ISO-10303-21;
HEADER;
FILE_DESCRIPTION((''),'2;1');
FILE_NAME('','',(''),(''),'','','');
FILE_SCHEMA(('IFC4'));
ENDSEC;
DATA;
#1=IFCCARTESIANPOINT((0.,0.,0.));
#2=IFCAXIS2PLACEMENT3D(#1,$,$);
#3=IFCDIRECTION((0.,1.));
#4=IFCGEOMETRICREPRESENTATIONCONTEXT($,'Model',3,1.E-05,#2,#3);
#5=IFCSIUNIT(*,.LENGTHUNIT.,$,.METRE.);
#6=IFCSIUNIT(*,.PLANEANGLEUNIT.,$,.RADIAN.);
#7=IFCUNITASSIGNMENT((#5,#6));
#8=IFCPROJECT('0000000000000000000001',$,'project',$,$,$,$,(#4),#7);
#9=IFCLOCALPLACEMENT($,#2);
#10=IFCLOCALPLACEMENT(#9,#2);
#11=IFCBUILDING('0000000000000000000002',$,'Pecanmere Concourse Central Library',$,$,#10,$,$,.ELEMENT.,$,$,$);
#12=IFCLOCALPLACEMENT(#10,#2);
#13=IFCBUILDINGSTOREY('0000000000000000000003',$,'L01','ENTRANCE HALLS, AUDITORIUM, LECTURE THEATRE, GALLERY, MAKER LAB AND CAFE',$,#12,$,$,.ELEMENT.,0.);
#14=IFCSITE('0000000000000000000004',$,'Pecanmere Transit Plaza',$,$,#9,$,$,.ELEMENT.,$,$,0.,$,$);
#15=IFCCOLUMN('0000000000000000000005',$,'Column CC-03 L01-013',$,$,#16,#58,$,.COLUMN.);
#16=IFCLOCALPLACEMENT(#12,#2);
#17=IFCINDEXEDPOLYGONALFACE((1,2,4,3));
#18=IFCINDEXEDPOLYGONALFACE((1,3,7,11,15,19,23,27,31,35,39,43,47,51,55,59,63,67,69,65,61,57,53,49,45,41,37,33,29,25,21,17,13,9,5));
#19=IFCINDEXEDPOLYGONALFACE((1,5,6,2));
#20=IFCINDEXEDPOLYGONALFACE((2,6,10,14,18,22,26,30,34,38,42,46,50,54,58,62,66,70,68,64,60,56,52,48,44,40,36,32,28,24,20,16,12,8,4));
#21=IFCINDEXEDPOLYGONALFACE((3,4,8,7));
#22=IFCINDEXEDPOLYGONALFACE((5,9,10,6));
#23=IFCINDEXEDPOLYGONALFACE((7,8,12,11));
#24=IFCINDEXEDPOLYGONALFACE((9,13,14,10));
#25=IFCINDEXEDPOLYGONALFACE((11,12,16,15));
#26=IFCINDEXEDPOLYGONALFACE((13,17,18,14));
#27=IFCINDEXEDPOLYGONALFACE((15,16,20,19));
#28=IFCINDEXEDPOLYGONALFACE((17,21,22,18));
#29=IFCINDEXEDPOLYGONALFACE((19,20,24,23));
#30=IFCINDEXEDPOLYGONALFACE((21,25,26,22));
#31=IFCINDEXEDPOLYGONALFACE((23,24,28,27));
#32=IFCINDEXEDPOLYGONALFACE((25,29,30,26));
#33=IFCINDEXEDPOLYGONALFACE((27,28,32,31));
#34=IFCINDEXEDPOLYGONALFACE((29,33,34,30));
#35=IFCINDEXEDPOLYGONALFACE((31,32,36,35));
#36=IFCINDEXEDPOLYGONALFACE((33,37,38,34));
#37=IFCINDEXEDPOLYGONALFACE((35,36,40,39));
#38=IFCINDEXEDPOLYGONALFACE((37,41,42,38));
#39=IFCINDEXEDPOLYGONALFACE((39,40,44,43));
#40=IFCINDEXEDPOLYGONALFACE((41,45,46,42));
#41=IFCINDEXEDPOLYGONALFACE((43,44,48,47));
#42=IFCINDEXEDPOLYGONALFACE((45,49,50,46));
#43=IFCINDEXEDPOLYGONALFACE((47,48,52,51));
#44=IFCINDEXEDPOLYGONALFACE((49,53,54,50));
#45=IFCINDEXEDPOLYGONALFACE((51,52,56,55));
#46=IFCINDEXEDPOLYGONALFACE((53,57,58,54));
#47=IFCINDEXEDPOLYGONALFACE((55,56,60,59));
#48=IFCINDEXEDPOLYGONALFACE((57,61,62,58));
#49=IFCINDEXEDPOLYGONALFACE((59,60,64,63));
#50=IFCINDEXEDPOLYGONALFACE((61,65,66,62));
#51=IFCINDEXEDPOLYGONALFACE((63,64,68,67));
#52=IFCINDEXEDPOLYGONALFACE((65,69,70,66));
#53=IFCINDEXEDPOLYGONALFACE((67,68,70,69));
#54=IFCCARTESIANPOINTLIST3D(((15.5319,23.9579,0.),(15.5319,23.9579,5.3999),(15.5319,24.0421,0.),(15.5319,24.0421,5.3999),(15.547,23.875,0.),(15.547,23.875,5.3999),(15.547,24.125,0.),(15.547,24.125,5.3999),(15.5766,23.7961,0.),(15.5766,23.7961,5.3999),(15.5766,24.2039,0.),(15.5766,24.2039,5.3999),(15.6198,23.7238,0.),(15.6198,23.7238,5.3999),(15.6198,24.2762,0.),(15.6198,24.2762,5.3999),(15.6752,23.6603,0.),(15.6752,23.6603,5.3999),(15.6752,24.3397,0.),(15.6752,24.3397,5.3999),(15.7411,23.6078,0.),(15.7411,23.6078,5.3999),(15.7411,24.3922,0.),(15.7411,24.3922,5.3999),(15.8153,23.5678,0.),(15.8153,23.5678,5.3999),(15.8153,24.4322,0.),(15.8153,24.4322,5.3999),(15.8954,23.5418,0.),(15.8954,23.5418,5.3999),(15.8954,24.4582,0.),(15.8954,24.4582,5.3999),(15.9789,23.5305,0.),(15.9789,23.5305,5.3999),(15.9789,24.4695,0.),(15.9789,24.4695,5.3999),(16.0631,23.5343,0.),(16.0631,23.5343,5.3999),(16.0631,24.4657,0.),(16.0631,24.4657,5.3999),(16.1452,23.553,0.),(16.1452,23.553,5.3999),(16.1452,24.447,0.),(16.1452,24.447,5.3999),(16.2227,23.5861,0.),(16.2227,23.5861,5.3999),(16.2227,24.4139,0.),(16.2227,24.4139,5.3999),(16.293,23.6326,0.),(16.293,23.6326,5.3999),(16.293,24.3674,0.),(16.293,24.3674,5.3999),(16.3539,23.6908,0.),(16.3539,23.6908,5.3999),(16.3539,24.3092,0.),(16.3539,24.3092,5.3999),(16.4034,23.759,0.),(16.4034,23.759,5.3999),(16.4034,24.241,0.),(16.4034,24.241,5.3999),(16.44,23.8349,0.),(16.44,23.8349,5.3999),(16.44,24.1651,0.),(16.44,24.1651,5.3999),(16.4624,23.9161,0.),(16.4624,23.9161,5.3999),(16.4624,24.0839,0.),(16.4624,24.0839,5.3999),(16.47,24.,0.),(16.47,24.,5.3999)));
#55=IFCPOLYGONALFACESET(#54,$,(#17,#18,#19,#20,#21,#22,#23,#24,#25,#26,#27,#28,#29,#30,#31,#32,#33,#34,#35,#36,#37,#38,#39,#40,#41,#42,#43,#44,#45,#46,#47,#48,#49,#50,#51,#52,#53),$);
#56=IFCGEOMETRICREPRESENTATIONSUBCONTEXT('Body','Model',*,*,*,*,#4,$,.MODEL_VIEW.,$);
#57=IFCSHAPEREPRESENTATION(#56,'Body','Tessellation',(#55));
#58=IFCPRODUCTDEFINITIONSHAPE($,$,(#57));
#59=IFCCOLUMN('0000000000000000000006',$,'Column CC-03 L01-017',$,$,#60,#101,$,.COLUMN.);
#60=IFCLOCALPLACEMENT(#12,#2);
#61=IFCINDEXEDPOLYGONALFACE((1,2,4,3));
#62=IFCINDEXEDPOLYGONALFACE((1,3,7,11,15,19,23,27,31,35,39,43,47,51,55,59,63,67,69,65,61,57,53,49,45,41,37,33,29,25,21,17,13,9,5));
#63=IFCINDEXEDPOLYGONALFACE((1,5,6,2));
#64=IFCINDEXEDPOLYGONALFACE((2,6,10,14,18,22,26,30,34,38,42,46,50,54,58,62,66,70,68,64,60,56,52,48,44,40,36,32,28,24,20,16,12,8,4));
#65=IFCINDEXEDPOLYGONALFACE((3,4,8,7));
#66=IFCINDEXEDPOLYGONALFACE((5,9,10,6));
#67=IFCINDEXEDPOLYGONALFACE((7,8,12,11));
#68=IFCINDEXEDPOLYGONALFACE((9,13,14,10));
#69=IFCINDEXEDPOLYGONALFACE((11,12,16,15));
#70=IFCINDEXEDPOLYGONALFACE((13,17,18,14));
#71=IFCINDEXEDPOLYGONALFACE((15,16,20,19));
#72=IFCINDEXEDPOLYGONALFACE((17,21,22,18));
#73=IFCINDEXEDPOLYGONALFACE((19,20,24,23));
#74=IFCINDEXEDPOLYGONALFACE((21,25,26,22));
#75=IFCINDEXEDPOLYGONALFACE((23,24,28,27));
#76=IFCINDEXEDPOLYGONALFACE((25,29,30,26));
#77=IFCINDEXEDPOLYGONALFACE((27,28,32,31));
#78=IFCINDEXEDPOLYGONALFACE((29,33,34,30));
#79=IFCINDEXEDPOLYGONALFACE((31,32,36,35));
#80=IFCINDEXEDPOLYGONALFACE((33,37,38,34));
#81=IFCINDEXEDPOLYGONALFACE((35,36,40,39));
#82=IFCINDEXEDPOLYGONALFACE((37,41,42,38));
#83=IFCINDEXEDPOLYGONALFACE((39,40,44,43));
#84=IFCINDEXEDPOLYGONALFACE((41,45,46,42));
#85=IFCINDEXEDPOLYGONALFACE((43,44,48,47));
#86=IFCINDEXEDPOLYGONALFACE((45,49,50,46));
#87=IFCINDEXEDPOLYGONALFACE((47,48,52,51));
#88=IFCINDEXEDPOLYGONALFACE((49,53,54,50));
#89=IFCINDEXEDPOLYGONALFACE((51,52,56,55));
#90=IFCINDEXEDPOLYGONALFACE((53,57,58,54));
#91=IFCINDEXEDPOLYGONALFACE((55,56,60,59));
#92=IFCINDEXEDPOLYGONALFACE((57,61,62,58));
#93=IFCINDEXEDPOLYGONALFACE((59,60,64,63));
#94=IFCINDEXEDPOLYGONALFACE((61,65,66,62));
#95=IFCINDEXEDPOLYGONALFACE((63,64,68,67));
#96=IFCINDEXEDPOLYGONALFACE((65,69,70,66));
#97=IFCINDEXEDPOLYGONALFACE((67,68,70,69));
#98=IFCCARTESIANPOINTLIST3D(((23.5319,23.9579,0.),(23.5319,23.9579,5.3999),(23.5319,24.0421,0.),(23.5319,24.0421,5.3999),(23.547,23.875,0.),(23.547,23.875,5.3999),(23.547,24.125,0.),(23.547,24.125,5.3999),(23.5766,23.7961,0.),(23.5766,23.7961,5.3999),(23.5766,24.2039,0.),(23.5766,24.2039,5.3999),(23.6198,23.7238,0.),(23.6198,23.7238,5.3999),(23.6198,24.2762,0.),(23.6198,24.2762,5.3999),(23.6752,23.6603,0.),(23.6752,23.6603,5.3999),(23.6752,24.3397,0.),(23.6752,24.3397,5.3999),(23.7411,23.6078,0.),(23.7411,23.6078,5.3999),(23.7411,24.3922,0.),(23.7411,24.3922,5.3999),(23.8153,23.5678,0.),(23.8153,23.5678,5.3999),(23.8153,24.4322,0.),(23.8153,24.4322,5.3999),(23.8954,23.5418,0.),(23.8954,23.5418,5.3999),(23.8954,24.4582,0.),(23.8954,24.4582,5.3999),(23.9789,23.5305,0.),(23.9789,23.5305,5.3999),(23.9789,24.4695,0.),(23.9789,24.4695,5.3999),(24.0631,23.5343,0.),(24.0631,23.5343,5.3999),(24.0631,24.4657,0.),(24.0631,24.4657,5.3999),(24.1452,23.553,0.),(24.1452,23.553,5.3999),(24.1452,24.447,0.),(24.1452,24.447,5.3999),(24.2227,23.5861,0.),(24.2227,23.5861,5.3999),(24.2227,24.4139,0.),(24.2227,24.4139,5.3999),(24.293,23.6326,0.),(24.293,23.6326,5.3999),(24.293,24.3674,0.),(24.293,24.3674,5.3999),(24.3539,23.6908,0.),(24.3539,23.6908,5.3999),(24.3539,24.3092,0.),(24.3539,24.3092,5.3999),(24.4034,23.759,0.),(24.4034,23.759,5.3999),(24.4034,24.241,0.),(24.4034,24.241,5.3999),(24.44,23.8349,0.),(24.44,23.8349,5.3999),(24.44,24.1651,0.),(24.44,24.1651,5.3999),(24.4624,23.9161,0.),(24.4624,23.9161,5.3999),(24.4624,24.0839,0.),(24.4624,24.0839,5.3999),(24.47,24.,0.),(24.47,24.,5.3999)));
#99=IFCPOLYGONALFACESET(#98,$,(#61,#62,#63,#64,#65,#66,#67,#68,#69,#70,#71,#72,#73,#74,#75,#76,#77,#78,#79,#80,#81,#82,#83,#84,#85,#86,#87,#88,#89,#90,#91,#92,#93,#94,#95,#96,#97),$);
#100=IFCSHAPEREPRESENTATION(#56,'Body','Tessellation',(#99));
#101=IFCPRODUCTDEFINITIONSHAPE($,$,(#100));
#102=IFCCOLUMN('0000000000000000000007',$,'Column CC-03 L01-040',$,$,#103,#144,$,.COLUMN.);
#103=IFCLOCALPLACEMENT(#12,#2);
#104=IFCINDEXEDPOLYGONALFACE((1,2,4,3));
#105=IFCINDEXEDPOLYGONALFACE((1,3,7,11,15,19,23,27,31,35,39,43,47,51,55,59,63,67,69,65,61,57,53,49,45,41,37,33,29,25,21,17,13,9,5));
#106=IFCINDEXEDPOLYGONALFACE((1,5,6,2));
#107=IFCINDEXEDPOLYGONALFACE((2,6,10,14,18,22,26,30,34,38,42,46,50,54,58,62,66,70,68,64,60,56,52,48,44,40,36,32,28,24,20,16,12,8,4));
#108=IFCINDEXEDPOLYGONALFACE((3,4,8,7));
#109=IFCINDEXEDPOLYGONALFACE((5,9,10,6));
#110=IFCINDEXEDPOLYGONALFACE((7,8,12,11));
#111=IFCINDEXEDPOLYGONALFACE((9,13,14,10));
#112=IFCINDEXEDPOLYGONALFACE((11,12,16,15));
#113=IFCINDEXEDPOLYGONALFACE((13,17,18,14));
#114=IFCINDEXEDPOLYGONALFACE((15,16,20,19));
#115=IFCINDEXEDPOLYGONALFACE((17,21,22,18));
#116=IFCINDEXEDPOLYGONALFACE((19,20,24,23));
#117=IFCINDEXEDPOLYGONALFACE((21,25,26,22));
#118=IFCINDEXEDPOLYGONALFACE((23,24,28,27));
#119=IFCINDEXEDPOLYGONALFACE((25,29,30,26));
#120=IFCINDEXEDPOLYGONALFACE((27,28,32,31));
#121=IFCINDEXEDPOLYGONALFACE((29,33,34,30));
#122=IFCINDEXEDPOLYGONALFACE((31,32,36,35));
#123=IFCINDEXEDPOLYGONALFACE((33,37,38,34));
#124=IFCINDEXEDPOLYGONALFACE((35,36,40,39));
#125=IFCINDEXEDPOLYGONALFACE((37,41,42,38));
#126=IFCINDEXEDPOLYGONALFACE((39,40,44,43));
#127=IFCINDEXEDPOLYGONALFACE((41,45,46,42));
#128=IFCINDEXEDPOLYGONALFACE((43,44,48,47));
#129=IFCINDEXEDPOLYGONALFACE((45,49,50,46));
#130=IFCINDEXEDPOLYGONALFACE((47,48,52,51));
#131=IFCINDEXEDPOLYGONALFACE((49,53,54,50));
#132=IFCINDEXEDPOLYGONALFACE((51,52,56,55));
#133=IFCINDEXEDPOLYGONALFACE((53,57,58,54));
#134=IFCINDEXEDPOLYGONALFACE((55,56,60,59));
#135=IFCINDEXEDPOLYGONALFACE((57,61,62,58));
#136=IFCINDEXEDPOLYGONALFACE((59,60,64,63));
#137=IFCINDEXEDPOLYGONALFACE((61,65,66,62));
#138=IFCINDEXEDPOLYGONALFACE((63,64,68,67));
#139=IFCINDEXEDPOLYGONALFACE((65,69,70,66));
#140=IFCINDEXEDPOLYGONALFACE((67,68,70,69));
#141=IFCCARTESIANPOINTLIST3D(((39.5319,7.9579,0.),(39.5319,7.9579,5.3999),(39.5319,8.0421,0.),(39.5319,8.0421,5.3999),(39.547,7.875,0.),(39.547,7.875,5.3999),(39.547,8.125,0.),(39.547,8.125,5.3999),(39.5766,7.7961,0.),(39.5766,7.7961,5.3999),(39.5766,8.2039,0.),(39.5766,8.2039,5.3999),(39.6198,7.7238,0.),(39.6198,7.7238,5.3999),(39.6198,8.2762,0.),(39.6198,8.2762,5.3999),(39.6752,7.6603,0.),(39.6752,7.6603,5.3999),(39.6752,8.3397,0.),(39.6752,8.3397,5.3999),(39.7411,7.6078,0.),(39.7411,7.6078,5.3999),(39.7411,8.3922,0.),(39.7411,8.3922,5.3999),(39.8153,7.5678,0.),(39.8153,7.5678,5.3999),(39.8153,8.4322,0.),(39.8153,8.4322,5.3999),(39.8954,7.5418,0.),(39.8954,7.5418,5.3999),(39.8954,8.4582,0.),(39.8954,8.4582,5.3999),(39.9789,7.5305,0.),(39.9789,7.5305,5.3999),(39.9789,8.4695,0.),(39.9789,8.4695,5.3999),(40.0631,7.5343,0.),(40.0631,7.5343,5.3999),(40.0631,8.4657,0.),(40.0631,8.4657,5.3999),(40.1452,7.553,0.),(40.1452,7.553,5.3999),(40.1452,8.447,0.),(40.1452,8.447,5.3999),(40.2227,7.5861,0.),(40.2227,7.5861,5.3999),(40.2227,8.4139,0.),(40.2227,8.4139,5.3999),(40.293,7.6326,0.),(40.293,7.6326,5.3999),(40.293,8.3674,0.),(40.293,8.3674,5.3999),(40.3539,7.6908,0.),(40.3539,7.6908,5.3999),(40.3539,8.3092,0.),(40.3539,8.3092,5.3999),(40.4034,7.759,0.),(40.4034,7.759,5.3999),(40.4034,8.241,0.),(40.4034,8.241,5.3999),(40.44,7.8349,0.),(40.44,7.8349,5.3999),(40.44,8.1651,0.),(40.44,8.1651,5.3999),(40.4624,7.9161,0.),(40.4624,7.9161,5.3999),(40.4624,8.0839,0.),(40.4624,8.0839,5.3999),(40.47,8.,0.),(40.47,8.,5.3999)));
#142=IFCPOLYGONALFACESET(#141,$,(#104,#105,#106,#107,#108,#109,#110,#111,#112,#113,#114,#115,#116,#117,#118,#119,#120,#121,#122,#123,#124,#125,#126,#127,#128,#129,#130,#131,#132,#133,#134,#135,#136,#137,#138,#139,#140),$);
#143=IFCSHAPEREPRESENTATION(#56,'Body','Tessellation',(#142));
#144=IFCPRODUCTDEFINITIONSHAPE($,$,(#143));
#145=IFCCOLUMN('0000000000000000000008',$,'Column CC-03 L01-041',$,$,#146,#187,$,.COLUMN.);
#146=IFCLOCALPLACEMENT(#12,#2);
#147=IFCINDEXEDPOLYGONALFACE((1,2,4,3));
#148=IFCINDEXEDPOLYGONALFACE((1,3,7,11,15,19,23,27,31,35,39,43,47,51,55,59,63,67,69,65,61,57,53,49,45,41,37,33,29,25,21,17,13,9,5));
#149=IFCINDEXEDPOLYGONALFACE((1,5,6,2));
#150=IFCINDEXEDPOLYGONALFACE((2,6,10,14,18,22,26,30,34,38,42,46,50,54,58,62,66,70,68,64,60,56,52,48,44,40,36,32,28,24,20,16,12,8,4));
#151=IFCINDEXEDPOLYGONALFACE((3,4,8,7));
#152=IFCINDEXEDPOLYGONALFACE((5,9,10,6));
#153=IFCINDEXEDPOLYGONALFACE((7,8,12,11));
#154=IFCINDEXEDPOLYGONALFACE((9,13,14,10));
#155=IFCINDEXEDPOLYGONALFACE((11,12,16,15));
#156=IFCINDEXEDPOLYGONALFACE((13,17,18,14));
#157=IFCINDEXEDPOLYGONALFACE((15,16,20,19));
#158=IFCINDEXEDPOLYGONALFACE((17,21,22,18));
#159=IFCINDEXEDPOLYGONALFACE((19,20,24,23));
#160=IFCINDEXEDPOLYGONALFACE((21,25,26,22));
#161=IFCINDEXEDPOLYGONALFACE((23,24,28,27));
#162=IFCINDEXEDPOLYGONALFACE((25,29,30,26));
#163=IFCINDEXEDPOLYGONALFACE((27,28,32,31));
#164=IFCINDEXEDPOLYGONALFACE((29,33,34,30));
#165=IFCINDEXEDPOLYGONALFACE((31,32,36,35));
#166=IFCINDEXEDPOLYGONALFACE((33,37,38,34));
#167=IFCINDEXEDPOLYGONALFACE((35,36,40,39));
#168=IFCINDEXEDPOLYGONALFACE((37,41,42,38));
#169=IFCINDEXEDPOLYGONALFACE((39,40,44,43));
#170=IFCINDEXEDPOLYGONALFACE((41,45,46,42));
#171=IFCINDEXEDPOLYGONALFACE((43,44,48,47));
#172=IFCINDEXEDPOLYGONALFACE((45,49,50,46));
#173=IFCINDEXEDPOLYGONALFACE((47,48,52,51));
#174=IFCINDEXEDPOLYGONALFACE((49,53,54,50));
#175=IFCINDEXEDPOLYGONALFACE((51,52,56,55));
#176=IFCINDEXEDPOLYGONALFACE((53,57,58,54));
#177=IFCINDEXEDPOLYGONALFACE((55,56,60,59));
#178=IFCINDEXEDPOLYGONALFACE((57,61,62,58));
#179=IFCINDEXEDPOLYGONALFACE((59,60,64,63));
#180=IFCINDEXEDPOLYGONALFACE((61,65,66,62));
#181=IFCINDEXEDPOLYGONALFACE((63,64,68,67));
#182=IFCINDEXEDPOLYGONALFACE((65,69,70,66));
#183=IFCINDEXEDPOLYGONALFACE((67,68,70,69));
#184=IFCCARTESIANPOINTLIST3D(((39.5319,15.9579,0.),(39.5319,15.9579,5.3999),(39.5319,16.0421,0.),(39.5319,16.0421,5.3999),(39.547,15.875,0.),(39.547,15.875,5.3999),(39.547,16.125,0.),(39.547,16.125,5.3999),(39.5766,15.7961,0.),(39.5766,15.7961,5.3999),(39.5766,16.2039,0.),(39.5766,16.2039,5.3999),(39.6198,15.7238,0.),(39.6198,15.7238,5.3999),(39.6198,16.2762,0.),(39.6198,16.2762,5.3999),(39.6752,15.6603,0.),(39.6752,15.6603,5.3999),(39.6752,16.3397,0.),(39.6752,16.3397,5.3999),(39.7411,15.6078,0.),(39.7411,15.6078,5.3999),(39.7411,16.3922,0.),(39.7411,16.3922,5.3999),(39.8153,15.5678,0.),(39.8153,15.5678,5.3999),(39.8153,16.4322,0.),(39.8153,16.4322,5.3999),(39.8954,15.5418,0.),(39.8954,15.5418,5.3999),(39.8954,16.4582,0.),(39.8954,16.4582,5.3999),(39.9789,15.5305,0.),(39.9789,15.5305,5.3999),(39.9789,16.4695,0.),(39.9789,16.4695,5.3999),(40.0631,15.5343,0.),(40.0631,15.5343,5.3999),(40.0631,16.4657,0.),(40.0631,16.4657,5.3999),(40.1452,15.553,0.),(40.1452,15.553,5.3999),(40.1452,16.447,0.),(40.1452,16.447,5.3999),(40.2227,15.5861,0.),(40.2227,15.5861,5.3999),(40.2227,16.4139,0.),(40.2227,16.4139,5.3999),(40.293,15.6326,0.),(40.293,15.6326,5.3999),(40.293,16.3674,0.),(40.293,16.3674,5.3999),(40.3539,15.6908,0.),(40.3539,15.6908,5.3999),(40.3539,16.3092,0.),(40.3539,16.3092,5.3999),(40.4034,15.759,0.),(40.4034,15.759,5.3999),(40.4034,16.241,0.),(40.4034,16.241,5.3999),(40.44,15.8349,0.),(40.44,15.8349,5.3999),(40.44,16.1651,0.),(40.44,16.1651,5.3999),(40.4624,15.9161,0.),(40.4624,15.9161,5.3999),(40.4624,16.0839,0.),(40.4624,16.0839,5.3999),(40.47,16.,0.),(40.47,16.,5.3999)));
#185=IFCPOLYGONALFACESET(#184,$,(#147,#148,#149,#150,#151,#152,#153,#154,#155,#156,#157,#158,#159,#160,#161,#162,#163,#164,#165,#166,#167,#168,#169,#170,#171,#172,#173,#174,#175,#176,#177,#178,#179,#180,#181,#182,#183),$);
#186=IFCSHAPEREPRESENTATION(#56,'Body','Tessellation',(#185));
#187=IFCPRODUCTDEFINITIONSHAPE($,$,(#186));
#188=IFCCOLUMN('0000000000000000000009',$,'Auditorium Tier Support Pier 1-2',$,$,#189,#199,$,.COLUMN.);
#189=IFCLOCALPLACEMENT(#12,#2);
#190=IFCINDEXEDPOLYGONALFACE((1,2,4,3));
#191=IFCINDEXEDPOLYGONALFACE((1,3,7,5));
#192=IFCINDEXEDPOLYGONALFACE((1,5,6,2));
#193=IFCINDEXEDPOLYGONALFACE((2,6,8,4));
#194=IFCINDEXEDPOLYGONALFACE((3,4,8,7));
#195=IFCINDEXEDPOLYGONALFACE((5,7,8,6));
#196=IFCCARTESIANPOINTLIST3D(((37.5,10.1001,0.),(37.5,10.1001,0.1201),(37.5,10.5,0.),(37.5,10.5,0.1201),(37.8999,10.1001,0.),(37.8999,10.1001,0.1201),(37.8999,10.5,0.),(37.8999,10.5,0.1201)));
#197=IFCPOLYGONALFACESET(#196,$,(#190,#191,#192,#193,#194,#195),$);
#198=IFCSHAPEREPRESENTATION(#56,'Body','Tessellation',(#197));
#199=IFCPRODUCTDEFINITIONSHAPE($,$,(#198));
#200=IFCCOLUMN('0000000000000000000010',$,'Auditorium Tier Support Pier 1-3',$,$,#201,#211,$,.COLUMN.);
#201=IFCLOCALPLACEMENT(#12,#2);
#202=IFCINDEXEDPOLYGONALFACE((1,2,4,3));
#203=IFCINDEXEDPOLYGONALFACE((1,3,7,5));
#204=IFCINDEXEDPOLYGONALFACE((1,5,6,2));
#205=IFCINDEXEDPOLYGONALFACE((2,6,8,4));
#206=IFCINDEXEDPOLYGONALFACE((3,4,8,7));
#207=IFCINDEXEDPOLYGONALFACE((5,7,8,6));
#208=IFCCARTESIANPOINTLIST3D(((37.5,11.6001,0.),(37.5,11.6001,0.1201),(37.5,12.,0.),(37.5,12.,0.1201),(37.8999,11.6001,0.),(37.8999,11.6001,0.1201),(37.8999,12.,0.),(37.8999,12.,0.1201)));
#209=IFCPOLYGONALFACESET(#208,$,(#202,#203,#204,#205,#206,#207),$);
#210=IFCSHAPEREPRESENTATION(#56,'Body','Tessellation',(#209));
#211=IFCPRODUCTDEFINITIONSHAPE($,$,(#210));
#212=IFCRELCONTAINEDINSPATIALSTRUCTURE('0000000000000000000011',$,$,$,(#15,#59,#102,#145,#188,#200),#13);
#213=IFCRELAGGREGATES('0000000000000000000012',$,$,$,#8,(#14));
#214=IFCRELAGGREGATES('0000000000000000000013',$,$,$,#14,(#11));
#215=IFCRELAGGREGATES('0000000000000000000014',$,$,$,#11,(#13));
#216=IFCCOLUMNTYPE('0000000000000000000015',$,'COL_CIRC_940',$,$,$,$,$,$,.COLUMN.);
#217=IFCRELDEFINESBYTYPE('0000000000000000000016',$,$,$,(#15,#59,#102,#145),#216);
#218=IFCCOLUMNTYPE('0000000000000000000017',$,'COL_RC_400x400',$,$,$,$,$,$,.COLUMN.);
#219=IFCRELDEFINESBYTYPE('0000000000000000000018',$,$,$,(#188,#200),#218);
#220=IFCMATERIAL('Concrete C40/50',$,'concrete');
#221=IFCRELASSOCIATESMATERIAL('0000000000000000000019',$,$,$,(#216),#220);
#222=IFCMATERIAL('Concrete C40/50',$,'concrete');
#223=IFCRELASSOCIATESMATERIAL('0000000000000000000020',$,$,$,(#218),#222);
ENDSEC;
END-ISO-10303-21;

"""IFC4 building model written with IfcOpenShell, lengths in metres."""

from ifc_helpers import new_model, si_unit, direction, frame, origin, origin_2d, place, context, subcontext, project, spatial, rectangle, circle, extrude, material, material_profile, profile_set, type_object, element, save


model = new_model("IFC4")

# Units and contexts
model_context = context("Model", 3, precision=1e-05, world=origin(), true_north=direction((0.0, 1.0)))
body_context = subcontext(model_context, "Body", "Model", "MODEL_VIEW")
ifc_project = project(units=[si_unit("LENGTHUNIT", "METRE"), si_unit("PLANEANGLEUNIT", "RADIAN")], contexts=[model_context])

# Site, building, storey
site_placement = place(None, origin())
site = spatial("IfcSite", under=ifc_project, at=site_placement, Name="Pecanmere Transit Plaza", CompositionType="ELEMENT", RefElevation=0.0)
building_placement = place(site_placement, origin())
building = spatial("IfcBuilding", under=site, at=building_placement, Name="Pecanmere Concourse Central Library", CompositionType="ELEMENT")
storey_placement = place(building_placement, origin())
storey = spatial("IfcBuildingStorey", under=building, at=storey_placement, Name="L01", Description="ENTRANCE HALLS, AUDITORIUM, LECTURE THEATRE, GALLERY, MAKER LAB AND CAFE", CompositionType="ELEMENT", Elevation=0.0)

# Columns
ifc_material_1 = material(Name="Concrete C40/50", Category="concrete")
ifc_material_profile_1 = material_profile(ifc_material_1, circle(Radius=0.47, at=origin_2d()), Name="RC D940")
ifc_profile_set_1 = profile_set([ifc_material_profile_1], Name="Concrete C40/50")
column_type_1 = type_object("IfcColumnType", Name="COL_CIRC_940", PredefinedType="COLUMN", material=ifc_profile_set_1)
for number, where, z_axis, x_axis, name in (
    (1, (16.0, 24.0, 0.0), (0.0, 0.0, 1.0), (1.0, 0.0, 0.0), "Column CC-03 L01-013"),
    (2, (24.0, 24.0, 0.0), (0.0, 0.0, 1.0), (1.0, 0.0, 0.0), "Column CC-03 L01-017"),
    (3, (40.0, 8.0, 0.0), (0.0, 0.0, 1.0), (1.0, 0.0, 0.0), "Column CC-03 L01-040"),
    (4, (40.0, 16.0, 0.0), (0.0, 0.0, 1.0), (1.0, 0.0, 0.0), "Column CC-03 L01-041"),
):
    element("IfcColumn", number, at=place(storey_placement, frame(where, z_axis=z_axis, x_axis=x_axis)), inside=storey, type_object=column_type_1, Name=name, PredefinedType="COLUMN", context=body_context, shape_type="SweptSolid", body=[
        extrude(circle(Radius=0.47, at=origin_2d()), origin(), (0.0, 0.0, 1.0), 5.3999),
    ])
ifc_material_2 = material(Name="Concrete C40/50", Category="concrete")
ifc_material_profile_2 = material_profile(ifc_material_2, rectangle(XDim=0.3999, YDim=0.3999, at=origin_2d()), Name="RC 400x400")
ifc_profile_set_2 = profile_set([ifc_material_profile_2], Name="Concrete C40/50")
column_type_2 = type_object("IfcColumnType", Name="COL_RC_400x400", PredefinedType="COLUMN", material=ifc_profile_set_2)
for number, where, z_axis, x_axis, name in (
    (5, (37.7, 10.3, 0.0), (0.0, 0.0, 1.0), (1.0, 0.0, 0.0), "Auditorium Tier Support Pier 1-2"),
    (6, (37.7, 11.8, 0.0), (0.0, 0.0, 1.0), (1.0, 0.0, 0.0), "Auditorium Tier Support Pier 1-3"),
):
    element("IfcColumn", number, at=place(storey_placement, frame(where, z_axis=z_axis, x_axis=x_axis)), inside=storey, type_object=column_type_2, Name=name, PredefinedType="COLUMN", context=body_context, shape_type="SweptSolid", body=[
        extrude(rectangle(XDim=0.3999, YDim=0.3999, at=origin_2d()), origin(), (0.0, 0.0, 1.0), 0.1201),
    ])

save(model, "model.ifc")
